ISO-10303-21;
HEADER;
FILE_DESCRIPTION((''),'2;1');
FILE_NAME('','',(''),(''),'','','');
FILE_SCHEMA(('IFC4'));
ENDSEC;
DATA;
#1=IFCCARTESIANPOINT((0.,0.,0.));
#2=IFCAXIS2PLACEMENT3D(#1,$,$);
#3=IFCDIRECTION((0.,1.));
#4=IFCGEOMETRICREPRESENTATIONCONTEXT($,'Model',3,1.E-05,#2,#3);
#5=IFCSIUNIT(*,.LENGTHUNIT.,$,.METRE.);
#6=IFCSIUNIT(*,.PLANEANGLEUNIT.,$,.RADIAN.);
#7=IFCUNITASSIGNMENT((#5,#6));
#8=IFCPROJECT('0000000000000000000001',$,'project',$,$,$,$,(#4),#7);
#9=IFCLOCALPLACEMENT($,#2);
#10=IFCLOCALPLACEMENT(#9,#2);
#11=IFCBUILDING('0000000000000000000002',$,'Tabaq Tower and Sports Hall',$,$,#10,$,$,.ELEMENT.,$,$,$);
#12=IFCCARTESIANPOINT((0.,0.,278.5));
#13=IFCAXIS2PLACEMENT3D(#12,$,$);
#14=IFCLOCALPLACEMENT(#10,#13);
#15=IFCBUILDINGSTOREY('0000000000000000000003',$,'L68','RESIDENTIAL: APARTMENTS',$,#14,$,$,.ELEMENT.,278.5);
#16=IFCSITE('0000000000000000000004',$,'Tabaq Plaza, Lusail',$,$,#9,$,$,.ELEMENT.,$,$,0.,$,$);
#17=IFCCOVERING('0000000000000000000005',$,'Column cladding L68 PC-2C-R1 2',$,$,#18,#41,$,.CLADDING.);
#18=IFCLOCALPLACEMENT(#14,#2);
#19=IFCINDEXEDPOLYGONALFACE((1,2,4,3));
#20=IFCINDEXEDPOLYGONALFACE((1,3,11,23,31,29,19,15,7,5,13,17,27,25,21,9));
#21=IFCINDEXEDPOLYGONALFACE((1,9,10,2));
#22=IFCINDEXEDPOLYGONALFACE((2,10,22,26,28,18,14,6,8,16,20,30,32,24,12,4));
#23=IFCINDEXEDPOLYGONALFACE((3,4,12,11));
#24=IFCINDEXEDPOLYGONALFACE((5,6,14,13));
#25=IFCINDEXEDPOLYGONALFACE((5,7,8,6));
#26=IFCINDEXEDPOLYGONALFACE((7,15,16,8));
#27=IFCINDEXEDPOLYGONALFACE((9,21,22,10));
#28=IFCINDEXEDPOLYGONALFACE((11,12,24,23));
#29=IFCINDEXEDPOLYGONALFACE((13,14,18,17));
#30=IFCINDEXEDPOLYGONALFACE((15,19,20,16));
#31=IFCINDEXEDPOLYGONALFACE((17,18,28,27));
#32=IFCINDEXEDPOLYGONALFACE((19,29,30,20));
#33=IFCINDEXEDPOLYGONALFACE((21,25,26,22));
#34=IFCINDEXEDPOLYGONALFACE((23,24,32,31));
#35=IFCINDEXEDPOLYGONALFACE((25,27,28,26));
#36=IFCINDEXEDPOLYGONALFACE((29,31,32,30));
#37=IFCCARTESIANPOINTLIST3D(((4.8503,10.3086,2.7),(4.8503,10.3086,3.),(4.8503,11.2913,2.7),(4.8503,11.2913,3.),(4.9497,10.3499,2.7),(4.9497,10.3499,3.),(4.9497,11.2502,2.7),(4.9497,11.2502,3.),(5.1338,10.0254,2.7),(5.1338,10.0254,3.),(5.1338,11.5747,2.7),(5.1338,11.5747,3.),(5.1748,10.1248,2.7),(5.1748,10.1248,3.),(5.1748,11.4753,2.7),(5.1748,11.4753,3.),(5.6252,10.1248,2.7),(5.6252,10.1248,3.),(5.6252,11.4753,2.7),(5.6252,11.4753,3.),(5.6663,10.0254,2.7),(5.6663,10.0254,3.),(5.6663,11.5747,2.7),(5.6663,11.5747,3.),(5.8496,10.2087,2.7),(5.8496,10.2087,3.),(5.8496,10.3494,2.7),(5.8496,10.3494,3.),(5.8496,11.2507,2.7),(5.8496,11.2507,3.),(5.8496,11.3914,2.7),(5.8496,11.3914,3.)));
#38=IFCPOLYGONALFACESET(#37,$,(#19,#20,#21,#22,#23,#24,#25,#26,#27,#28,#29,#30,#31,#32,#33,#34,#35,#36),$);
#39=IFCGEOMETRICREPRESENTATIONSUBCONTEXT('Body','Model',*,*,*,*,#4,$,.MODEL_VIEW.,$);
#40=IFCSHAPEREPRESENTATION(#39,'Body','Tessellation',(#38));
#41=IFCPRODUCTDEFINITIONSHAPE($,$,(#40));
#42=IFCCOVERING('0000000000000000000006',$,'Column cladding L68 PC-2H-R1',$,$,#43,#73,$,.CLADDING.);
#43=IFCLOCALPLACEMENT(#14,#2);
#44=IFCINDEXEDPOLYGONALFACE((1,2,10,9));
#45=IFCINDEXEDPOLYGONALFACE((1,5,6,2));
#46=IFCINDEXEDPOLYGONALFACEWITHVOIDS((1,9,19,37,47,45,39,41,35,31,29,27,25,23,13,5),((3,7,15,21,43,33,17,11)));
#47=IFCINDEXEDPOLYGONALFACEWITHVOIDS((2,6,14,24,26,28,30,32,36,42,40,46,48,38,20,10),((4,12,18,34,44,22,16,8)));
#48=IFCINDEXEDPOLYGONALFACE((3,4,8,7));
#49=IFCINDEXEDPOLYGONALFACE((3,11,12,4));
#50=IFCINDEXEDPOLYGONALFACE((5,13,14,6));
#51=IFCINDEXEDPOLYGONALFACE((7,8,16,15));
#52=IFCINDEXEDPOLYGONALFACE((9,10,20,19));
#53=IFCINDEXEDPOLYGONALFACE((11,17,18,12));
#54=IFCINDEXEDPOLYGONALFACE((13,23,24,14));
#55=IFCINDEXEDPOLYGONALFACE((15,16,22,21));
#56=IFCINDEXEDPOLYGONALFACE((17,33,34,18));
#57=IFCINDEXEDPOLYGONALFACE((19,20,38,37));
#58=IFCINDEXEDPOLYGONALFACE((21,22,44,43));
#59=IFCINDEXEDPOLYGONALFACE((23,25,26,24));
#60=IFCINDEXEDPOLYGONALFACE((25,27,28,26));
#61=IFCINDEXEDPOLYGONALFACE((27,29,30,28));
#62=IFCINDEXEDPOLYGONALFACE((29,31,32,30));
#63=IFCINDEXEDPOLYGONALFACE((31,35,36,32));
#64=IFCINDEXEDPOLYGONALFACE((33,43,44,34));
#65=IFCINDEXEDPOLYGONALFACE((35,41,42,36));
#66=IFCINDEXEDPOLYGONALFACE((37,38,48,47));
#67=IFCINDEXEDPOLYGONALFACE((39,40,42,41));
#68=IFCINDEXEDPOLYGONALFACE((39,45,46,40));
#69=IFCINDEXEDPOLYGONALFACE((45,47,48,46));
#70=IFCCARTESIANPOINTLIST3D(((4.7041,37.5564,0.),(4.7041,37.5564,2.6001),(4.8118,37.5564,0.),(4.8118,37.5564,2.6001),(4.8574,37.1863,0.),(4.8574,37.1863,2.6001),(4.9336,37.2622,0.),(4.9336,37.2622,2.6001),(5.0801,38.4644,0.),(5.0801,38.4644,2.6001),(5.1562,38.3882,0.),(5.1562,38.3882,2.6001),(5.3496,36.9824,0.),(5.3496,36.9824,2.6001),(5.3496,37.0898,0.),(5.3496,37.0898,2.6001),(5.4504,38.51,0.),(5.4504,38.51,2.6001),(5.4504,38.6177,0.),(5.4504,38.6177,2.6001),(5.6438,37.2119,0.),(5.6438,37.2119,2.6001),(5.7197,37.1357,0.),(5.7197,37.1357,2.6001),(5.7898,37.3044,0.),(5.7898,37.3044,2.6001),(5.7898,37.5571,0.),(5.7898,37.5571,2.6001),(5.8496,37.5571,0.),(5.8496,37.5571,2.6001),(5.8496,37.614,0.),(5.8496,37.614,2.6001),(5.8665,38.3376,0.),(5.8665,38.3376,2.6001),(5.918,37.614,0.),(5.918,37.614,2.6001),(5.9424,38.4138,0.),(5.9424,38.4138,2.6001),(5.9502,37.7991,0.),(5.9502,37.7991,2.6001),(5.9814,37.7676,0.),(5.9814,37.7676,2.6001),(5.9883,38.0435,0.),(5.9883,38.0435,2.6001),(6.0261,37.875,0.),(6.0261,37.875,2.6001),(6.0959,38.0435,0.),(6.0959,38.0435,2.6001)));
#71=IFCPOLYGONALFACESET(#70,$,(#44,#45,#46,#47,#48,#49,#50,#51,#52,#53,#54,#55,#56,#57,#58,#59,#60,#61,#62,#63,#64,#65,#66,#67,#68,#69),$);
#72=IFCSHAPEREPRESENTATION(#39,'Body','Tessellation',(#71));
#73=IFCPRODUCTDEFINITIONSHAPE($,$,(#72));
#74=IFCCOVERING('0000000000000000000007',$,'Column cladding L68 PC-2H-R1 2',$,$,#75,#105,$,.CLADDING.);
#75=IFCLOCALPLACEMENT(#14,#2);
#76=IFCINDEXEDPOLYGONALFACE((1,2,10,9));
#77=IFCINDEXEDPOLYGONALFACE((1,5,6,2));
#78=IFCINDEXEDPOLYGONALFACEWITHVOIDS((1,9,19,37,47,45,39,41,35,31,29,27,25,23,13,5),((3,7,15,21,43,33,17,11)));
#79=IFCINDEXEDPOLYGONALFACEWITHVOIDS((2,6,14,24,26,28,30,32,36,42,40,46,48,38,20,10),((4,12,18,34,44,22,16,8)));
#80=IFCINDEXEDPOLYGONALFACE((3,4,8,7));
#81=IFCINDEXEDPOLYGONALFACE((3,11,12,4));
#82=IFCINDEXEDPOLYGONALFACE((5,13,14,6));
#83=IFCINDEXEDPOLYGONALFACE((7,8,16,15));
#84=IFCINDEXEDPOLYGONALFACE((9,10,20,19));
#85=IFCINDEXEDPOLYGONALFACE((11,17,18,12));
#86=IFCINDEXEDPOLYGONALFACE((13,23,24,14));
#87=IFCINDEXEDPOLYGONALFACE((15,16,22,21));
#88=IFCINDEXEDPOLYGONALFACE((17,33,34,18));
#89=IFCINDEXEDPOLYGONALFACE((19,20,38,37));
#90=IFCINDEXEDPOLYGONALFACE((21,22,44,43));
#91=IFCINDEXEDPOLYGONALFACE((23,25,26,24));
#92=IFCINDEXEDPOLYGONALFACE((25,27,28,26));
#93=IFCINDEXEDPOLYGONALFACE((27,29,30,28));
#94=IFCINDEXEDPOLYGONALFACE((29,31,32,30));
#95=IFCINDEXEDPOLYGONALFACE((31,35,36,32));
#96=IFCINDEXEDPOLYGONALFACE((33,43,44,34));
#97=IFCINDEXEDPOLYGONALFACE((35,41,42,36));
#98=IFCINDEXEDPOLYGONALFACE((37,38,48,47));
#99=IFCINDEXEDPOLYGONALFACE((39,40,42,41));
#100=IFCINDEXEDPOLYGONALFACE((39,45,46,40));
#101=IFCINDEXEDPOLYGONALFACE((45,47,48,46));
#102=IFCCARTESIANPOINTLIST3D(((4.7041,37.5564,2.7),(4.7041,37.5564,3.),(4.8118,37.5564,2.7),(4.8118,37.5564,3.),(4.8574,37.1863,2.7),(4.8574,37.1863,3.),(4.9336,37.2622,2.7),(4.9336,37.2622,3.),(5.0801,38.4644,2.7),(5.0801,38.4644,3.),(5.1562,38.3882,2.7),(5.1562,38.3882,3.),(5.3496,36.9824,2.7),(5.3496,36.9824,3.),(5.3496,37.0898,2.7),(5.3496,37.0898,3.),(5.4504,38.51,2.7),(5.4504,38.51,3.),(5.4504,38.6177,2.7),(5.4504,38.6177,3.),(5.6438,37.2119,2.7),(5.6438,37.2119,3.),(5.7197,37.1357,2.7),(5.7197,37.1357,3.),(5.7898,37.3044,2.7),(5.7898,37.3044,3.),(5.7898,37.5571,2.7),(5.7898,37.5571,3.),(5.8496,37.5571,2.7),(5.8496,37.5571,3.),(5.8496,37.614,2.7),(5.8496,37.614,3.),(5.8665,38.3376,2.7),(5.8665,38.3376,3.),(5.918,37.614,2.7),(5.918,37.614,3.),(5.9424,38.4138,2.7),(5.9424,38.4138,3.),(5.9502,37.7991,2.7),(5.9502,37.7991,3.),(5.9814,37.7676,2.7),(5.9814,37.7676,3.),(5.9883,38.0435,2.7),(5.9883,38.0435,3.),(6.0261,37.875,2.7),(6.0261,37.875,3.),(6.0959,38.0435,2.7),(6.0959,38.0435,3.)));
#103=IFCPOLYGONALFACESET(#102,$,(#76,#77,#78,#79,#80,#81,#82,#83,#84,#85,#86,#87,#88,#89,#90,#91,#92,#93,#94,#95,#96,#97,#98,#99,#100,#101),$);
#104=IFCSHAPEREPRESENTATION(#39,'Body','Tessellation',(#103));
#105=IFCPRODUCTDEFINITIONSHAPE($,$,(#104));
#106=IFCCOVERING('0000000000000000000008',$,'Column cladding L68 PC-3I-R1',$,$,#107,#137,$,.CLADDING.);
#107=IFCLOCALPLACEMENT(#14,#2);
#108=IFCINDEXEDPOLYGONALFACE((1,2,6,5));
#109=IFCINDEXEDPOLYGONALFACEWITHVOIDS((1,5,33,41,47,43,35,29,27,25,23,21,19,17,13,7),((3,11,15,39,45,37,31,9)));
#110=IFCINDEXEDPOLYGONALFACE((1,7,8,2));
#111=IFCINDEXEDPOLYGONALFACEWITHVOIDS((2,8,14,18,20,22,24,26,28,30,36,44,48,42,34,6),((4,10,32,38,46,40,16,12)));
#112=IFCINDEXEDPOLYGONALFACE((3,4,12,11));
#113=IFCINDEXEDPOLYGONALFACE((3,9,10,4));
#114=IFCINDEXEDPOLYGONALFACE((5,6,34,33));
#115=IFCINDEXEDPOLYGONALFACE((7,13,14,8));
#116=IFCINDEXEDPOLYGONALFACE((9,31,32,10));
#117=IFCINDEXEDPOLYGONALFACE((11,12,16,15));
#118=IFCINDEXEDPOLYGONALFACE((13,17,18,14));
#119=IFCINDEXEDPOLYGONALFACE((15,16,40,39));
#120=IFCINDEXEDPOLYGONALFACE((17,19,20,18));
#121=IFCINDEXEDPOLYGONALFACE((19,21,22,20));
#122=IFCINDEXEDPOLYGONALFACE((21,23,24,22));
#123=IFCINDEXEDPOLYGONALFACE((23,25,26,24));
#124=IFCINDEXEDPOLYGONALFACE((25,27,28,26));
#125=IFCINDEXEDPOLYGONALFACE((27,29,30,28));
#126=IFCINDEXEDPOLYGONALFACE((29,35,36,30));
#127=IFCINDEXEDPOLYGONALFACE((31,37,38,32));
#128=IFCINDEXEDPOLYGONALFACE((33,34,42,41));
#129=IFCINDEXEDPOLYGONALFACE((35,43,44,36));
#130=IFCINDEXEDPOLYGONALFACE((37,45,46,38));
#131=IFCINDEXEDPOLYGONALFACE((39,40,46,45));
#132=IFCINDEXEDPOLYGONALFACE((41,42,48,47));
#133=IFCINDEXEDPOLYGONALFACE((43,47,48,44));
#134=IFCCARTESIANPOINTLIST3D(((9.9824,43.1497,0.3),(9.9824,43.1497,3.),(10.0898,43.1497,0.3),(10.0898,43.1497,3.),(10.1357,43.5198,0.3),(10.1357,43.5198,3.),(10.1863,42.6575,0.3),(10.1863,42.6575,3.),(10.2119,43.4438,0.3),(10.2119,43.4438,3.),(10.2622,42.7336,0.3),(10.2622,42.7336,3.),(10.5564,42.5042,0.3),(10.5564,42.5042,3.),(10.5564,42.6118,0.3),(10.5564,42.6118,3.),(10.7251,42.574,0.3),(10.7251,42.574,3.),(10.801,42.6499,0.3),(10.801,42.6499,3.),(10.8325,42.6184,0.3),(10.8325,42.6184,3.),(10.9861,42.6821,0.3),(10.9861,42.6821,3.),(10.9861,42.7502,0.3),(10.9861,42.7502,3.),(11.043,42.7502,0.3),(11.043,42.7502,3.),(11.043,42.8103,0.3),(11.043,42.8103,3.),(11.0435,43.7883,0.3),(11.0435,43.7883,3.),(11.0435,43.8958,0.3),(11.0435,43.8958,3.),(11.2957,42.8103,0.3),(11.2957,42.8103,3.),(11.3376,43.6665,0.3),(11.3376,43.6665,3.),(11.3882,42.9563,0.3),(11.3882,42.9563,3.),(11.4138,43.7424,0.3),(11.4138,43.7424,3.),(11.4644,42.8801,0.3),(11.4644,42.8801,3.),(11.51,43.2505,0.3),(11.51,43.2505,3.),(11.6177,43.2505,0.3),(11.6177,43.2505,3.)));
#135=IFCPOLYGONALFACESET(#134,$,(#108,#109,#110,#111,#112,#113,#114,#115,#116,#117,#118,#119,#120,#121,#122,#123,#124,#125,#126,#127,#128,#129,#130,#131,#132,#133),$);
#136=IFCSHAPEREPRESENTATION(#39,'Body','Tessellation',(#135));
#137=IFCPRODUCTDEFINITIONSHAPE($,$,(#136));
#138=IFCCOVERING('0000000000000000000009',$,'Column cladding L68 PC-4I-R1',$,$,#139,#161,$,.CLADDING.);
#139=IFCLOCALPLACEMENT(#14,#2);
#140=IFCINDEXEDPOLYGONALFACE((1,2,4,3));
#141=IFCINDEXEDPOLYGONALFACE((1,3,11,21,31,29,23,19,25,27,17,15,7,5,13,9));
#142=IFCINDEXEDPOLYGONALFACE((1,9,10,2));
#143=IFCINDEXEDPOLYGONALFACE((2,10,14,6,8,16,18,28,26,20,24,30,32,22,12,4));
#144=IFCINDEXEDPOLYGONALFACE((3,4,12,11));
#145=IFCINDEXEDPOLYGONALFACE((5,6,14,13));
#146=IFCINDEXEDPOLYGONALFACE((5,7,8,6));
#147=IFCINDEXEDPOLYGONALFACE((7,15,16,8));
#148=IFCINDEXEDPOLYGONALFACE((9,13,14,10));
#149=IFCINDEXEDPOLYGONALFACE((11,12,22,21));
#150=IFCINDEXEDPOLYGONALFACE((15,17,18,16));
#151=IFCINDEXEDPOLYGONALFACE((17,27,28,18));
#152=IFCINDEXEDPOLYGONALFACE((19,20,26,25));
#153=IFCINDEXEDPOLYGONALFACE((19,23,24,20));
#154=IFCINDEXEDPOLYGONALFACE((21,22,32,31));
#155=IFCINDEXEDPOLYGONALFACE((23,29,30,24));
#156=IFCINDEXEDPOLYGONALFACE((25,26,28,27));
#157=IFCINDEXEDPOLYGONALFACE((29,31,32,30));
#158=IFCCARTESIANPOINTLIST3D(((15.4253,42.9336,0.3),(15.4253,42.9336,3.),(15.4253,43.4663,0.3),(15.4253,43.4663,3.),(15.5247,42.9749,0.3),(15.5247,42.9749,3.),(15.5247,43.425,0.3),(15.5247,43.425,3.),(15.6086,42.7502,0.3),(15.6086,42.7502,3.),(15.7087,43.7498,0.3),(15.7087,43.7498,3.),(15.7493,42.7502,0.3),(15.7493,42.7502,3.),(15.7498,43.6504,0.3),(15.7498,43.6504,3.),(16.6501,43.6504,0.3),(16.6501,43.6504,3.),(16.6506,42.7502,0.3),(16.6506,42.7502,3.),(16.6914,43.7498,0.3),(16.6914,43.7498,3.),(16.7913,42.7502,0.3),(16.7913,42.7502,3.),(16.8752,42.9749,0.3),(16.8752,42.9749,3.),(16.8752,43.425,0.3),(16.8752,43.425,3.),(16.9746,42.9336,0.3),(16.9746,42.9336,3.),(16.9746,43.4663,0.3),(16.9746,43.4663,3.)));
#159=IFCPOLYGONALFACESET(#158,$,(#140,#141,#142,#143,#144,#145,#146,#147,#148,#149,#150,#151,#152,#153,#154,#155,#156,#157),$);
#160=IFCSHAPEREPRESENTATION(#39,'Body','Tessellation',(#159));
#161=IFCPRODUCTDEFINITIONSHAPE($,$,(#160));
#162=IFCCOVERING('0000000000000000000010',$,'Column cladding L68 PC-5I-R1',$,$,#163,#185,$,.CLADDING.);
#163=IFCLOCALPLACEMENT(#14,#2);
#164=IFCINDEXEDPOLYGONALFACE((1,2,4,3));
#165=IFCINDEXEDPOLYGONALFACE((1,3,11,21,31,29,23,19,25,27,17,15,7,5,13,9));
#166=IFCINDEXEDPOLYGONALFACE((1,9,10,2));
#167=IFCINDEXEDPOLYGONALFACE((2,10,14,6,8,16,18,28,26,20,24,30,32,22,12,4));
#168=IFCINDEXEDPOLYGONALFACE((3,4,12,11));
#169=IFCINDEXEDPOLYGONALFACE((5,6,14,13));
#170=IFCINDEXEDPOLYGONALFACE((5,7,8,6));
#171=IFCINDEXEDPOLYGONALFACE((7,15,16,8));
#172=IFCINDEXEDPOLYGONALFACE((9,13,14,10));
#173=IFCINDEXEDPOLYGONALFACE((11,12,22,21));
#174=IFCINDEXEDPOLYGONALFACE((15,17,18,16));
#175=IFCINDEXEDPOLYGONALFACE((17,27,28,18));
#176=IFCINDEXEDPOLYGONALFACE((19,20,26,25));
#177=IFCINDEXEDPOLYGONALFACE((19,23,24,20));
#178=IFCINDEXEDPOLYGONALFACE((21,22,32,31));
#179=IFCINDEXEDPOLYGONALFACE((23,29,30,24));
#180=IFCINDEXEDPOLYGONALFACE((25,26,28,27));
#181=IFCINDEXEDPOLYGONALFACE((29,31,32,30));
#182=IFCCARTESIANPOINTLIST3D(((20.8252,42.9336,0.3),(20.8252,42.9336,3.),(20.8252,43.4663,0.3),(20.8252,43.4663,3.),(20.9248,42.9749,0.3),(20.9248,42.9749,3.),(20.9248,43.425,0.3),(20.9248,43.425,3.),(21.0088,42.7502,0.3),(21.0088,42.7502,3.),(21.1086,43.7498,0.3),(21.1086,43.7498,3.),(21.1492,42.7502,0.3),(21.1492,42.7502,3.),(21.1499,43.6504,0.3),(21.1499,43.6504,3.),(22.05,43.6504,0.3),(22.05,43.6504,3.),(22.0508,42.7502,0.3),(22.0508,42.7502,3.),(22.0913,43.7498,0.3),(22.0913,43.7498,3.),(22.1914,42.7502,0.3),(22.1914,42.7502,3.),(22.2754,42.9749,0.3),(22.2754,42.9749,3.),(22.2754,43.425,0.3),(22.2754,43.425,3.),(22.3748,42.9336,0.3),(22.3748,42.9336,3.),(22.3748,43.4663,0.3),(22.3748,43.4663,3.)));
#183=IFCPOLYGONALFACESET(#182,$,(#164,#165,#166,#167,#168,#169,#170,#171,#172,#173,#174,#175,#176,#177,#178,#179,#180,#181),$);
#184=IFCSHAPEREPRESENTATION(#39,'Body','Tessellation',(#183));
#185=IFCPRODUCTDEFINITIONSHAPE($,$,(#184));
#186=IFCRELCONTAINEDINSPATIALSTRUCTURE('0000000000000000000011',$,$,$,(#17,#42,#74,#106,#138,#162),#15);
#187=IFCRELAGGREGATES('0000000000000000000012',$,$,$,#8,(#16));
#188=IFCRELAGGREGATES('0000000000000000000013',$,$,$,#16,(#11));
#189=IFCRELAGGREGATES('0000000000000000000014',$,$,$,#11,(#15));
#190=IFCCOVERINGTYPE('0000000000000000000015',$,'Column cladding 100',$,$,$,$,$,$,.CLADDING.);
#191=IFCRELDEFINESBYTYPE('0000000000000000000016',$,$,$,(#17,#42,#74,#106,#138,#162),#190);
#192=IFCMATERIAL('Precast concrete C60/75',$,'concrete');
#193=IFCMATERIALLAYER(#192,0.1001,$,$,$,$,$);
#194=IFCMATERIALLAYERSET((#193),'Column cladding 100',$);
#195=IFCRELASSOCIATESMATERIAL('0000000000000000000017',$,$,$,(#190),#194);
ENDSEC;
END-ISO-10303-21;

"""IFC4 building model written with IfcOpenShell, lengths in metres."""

from ifc_helpers import new_model, si_unit, direction, frame, origin, place, context, subcontext, project, spatial, polyline, outline, extrude, material, layer, layer_set, type_object, element, save


model = new_model("IFC4")

# Units and contexts
model_context = context("Model", 3, precision=1e-05, world=origin(), true_north=direction((0.0, 1.0)))
body_context = subcontext(model_context, "Body", "Model", "MODEL_VIEW")
ifc_project = project(units=[si_unit("LENGTHUNIT", "METRE"), si_unit("PLANEANGLEUNIT", "RADIAN")], contexts=[model_context])

# Site, building, storey
site_placement = place(None, origin())
site = spatial("IfcSite", under=ifc_project, at=site_placement, Name="Tabaq Plaza, Lusail", CompositionType="ELEMENT", RefElevation=0.0)
building_placement = place(site_placement, origin())
building = spatial("IfcBuilding", under=site, at=building_placement, Name="Tabaq Tower and Sports Hall", CompositionType="ELEMENT")
storey_placement = place(building_placement, frame((0.0, 0.0, 278.5)))
storey = spatial("IfcBuildingStorey", under=building, at=storey_placement, Name="L68", Description="RESIDENTIAL: APARTMENTS", CompositionType="ELEMENT", Elevation=278.5)

# Coverings
ifc_material_1 = material(Name="Precast concrete C60/75", Category="concrete")
ifc_layer_1 = layer(ifc_material_1, 0.1001)
ifc_layer_set_1 = layer_set([ifc_layer_1], Name="Column cladding 100")
covering_type_1 = type_object("IfcCoveringType", Name="Column cladding 100", PredefinedType="CLADDING", material=ifc_layer_set_1)
covering_1_placement = place(storey_placement, frame((0.0, 0.0, 2.7)))
element("IfcCovering", 1, at=covering_1_placement, inside=storey, type_object=covering_type_1, Name="Column cladding L68 PC-2C-R1 2", PredefinedType="CLADDING", context=body_context, shape_type="SweptSolid", body=[
    extrude(outline(polyline([(5.1338, 10.0254), (4.8503, 10.3086), (4.8503, 11.2913), (5.1338, 11.5747), (5.6663, 11.5747), (5.8496, 11.3914), (5.8496, 11.2507), (5.6252, 11.4753), (5.1748, 11.4753), (4.9497, 11.2502), (4.9497, 10.3499), (5.1748, 10.1248), (5.6252, 10.1248), (5.8496, 10.3494), (5.8496, 10.2087), (5.6663, 10.0254), (5.1338, 10.0254)])), origin(), (0.0, 0.0, 1.0), 0.3),
])
covering_2_placement = place(storey_placement, origin())
element("IfcCovering", 2, at=covering_2_placement, inside=storey, type_object=covering_type_1, Name="Column cladding L68 PC-2H-R1", PredefinedType="CLADDING", context=body_context, shape_type="SweptSolid", body=[
    extrude(outline(polyline([(4.8574, 37.1863), (4.7041, 37.5564), (5.0801, 38.4644), (5.4504, 38.6177), (5.9424, 38.4138), (6.0959, 38.0435), (6.0261, 37.875), (5.9502, 37.7991), (5.9814, 37.7676), (5.918, 37.614), (5.8496, 37.614), (5.8496, 37.5571), (5.7898, 37.5571), (5.7898, 37.3044), (5.7197, 37.1357), (5.3496, 36.9824), (4.8574, 37.1863)]), holes=[polyline([(5.8665, 38.3376), (5.4504, 38.51), (5.1562, 38.3882), (4.8118, 37.5564), (4.9336, 37.2622), (5.3496, 37.0898), (5.6438, 37.2119), (5.9883, 38.0435), (5.8665, 38.3376)])]), origin(), (0.0, 0.0, 1.0), 2.6001),
])
covering_3_placement = place(storey_placement, frame((0.0, 0.0, 2.7)))
element("IfcCovering", 3, at=covering_3_placement, inside=storey, type_object=covering_type_1, Name="Column cladding L68 PC-2H-R1 2", PredefinedType="CLADDING", context=body_context, shape_type="SweptSolid", body=[
    extrude(outline(polyline([(4.8574, 37.1863), (4.7041, 37.5564), (5.0801, 38.4644), (5.4504, 38.6177), (5.9424, 38.4138), (6.0959, 38.0435), (6.0261, 37.875), (5.9502, 37.7991), (5.9814, 37.7676), (5.918, 37.614), (5.8496, 37.614), (5.8496, 37.5571), (5.7898, 37.5571), (5.7898, 37.3044), (5.7197, 37.1357), (5.3496, 36.9824), (4.8574, 37.1863)]), holes=[polyline([(5.8665, 38.3376), (5.4504, 38.51), (5.1562, 38.3882), (4.8118, 37.5564), (4.9336, 37.2622), (5.3496, 37.0898), (5.6438, 37.2119), (5.9883, 38.0435), (5.8665, 38.3376)])]), origin(), (0.0, 0.0, 1.0), 0.3),
])
covering_4_placement = place(storey_placement, frame((0.0, 0.0, 0.3)))
element("IfcCovering", 4, at=covering_4_placement, inside=storey, type_object=covering_type_1, Name="Column cladding L68 PC-3I-R1", PredefinedType="CLADDING", context=body_context, shape_type="SweptSolid", body=[
    extrude(outline(polyline([(9.9824, 43.1497), (10.1357, 43.5198), (11.0435, 43.8958), (11.4138, 43.7424), (11.6177, 43.2505), (11.4644, 42.8801), (11.2957, 42.8103), (11.043, 42.8103), (11.043, 42.7502), (10.9861, 42.7502), (10.9861, 42.6821), (10.8325, 42.6184), (10.801, 42.6499), (10.7251, 42.574), (10.5564, 42.5042), (10.1863, 42.6575), (9.9824, 43.1497)]), holes=[polyline([(11.51, 43.2505), (11.3376, 43.6665), (11.0435, 43.7883), (10.2119, 43.4438), (10.0898, 43.1497), (10.2622, 42.7336), (10.5564, 42.6118), (11.3882, 42.9563), (11.51, 43.2505)])]), origin(), (0.0, 0.0, 1.0), 2.7),
])
covering_5_placement = place(storey_placement, frame((0.0, 0.0, 0.3)))
element("IfcCovering", 5, at=covering_5_placement, inside=storey, type_object=covering_type_1, Name="Column cladding L68 PC-4I-R1", PredefinedType="CLADDING", context=body_context, shape_type="SweptSolid", body=[
    extrude(outline(polyline([(15.4253, 43.4663), (15.7087, 43.7498), (16.6914, 43.7498), (16.9746, 43.4663), (16.9746, 42.9336), (16.7913, 42.7502), (16.6506, 42.7502), (16.8752, 42.9749), (16.8752, 43.425), (16.6501, 43.6504), (15.7498, 43.6504), (15.5247, 43.425), (15.5247, 42.9749), (15.7493, 42.7502), (15.6086, 42.7502), (15.4253, 42.9336), (15.4253, 43.4663)])), origin(), (0.0, 0.0, 1.0), 2.7),
])
covering_6_placement = place(storey_placement, frame((0.0, 0.0, 0.3)))
element("IfcCovering", 6, at=covering_6_placement, inside=storey, type_object=covering_type_1, Name="Column cladding L68 PC-5I-R1", PredefinedType="CLADDING", context=body_context, shape_type="SweptSolid", body=[
    extrude(outline(polyline([(20.8252, 43.4663), (21.1086, 43.7498), (22.0913, 43.7498), (22.3748, 43.4663), (22.3748, 42.9336), (22.1914, 42.7502), (22.0508, 42.7502), (22.2754, 42.9749), (22.2754, 43.425), (22.05, 43.6504), (21.1499, 43.6504), (20.9248, 43.425), (20.9248, 42.9749), (21.1492, 42.7502), (21.0088, 42.7502), (20.8252, 42.9336), (20.8252, 43.4663)])), origin(), (0.0, 0.0, 1.0), 2.7),
])

save(model, "model.ifc")
